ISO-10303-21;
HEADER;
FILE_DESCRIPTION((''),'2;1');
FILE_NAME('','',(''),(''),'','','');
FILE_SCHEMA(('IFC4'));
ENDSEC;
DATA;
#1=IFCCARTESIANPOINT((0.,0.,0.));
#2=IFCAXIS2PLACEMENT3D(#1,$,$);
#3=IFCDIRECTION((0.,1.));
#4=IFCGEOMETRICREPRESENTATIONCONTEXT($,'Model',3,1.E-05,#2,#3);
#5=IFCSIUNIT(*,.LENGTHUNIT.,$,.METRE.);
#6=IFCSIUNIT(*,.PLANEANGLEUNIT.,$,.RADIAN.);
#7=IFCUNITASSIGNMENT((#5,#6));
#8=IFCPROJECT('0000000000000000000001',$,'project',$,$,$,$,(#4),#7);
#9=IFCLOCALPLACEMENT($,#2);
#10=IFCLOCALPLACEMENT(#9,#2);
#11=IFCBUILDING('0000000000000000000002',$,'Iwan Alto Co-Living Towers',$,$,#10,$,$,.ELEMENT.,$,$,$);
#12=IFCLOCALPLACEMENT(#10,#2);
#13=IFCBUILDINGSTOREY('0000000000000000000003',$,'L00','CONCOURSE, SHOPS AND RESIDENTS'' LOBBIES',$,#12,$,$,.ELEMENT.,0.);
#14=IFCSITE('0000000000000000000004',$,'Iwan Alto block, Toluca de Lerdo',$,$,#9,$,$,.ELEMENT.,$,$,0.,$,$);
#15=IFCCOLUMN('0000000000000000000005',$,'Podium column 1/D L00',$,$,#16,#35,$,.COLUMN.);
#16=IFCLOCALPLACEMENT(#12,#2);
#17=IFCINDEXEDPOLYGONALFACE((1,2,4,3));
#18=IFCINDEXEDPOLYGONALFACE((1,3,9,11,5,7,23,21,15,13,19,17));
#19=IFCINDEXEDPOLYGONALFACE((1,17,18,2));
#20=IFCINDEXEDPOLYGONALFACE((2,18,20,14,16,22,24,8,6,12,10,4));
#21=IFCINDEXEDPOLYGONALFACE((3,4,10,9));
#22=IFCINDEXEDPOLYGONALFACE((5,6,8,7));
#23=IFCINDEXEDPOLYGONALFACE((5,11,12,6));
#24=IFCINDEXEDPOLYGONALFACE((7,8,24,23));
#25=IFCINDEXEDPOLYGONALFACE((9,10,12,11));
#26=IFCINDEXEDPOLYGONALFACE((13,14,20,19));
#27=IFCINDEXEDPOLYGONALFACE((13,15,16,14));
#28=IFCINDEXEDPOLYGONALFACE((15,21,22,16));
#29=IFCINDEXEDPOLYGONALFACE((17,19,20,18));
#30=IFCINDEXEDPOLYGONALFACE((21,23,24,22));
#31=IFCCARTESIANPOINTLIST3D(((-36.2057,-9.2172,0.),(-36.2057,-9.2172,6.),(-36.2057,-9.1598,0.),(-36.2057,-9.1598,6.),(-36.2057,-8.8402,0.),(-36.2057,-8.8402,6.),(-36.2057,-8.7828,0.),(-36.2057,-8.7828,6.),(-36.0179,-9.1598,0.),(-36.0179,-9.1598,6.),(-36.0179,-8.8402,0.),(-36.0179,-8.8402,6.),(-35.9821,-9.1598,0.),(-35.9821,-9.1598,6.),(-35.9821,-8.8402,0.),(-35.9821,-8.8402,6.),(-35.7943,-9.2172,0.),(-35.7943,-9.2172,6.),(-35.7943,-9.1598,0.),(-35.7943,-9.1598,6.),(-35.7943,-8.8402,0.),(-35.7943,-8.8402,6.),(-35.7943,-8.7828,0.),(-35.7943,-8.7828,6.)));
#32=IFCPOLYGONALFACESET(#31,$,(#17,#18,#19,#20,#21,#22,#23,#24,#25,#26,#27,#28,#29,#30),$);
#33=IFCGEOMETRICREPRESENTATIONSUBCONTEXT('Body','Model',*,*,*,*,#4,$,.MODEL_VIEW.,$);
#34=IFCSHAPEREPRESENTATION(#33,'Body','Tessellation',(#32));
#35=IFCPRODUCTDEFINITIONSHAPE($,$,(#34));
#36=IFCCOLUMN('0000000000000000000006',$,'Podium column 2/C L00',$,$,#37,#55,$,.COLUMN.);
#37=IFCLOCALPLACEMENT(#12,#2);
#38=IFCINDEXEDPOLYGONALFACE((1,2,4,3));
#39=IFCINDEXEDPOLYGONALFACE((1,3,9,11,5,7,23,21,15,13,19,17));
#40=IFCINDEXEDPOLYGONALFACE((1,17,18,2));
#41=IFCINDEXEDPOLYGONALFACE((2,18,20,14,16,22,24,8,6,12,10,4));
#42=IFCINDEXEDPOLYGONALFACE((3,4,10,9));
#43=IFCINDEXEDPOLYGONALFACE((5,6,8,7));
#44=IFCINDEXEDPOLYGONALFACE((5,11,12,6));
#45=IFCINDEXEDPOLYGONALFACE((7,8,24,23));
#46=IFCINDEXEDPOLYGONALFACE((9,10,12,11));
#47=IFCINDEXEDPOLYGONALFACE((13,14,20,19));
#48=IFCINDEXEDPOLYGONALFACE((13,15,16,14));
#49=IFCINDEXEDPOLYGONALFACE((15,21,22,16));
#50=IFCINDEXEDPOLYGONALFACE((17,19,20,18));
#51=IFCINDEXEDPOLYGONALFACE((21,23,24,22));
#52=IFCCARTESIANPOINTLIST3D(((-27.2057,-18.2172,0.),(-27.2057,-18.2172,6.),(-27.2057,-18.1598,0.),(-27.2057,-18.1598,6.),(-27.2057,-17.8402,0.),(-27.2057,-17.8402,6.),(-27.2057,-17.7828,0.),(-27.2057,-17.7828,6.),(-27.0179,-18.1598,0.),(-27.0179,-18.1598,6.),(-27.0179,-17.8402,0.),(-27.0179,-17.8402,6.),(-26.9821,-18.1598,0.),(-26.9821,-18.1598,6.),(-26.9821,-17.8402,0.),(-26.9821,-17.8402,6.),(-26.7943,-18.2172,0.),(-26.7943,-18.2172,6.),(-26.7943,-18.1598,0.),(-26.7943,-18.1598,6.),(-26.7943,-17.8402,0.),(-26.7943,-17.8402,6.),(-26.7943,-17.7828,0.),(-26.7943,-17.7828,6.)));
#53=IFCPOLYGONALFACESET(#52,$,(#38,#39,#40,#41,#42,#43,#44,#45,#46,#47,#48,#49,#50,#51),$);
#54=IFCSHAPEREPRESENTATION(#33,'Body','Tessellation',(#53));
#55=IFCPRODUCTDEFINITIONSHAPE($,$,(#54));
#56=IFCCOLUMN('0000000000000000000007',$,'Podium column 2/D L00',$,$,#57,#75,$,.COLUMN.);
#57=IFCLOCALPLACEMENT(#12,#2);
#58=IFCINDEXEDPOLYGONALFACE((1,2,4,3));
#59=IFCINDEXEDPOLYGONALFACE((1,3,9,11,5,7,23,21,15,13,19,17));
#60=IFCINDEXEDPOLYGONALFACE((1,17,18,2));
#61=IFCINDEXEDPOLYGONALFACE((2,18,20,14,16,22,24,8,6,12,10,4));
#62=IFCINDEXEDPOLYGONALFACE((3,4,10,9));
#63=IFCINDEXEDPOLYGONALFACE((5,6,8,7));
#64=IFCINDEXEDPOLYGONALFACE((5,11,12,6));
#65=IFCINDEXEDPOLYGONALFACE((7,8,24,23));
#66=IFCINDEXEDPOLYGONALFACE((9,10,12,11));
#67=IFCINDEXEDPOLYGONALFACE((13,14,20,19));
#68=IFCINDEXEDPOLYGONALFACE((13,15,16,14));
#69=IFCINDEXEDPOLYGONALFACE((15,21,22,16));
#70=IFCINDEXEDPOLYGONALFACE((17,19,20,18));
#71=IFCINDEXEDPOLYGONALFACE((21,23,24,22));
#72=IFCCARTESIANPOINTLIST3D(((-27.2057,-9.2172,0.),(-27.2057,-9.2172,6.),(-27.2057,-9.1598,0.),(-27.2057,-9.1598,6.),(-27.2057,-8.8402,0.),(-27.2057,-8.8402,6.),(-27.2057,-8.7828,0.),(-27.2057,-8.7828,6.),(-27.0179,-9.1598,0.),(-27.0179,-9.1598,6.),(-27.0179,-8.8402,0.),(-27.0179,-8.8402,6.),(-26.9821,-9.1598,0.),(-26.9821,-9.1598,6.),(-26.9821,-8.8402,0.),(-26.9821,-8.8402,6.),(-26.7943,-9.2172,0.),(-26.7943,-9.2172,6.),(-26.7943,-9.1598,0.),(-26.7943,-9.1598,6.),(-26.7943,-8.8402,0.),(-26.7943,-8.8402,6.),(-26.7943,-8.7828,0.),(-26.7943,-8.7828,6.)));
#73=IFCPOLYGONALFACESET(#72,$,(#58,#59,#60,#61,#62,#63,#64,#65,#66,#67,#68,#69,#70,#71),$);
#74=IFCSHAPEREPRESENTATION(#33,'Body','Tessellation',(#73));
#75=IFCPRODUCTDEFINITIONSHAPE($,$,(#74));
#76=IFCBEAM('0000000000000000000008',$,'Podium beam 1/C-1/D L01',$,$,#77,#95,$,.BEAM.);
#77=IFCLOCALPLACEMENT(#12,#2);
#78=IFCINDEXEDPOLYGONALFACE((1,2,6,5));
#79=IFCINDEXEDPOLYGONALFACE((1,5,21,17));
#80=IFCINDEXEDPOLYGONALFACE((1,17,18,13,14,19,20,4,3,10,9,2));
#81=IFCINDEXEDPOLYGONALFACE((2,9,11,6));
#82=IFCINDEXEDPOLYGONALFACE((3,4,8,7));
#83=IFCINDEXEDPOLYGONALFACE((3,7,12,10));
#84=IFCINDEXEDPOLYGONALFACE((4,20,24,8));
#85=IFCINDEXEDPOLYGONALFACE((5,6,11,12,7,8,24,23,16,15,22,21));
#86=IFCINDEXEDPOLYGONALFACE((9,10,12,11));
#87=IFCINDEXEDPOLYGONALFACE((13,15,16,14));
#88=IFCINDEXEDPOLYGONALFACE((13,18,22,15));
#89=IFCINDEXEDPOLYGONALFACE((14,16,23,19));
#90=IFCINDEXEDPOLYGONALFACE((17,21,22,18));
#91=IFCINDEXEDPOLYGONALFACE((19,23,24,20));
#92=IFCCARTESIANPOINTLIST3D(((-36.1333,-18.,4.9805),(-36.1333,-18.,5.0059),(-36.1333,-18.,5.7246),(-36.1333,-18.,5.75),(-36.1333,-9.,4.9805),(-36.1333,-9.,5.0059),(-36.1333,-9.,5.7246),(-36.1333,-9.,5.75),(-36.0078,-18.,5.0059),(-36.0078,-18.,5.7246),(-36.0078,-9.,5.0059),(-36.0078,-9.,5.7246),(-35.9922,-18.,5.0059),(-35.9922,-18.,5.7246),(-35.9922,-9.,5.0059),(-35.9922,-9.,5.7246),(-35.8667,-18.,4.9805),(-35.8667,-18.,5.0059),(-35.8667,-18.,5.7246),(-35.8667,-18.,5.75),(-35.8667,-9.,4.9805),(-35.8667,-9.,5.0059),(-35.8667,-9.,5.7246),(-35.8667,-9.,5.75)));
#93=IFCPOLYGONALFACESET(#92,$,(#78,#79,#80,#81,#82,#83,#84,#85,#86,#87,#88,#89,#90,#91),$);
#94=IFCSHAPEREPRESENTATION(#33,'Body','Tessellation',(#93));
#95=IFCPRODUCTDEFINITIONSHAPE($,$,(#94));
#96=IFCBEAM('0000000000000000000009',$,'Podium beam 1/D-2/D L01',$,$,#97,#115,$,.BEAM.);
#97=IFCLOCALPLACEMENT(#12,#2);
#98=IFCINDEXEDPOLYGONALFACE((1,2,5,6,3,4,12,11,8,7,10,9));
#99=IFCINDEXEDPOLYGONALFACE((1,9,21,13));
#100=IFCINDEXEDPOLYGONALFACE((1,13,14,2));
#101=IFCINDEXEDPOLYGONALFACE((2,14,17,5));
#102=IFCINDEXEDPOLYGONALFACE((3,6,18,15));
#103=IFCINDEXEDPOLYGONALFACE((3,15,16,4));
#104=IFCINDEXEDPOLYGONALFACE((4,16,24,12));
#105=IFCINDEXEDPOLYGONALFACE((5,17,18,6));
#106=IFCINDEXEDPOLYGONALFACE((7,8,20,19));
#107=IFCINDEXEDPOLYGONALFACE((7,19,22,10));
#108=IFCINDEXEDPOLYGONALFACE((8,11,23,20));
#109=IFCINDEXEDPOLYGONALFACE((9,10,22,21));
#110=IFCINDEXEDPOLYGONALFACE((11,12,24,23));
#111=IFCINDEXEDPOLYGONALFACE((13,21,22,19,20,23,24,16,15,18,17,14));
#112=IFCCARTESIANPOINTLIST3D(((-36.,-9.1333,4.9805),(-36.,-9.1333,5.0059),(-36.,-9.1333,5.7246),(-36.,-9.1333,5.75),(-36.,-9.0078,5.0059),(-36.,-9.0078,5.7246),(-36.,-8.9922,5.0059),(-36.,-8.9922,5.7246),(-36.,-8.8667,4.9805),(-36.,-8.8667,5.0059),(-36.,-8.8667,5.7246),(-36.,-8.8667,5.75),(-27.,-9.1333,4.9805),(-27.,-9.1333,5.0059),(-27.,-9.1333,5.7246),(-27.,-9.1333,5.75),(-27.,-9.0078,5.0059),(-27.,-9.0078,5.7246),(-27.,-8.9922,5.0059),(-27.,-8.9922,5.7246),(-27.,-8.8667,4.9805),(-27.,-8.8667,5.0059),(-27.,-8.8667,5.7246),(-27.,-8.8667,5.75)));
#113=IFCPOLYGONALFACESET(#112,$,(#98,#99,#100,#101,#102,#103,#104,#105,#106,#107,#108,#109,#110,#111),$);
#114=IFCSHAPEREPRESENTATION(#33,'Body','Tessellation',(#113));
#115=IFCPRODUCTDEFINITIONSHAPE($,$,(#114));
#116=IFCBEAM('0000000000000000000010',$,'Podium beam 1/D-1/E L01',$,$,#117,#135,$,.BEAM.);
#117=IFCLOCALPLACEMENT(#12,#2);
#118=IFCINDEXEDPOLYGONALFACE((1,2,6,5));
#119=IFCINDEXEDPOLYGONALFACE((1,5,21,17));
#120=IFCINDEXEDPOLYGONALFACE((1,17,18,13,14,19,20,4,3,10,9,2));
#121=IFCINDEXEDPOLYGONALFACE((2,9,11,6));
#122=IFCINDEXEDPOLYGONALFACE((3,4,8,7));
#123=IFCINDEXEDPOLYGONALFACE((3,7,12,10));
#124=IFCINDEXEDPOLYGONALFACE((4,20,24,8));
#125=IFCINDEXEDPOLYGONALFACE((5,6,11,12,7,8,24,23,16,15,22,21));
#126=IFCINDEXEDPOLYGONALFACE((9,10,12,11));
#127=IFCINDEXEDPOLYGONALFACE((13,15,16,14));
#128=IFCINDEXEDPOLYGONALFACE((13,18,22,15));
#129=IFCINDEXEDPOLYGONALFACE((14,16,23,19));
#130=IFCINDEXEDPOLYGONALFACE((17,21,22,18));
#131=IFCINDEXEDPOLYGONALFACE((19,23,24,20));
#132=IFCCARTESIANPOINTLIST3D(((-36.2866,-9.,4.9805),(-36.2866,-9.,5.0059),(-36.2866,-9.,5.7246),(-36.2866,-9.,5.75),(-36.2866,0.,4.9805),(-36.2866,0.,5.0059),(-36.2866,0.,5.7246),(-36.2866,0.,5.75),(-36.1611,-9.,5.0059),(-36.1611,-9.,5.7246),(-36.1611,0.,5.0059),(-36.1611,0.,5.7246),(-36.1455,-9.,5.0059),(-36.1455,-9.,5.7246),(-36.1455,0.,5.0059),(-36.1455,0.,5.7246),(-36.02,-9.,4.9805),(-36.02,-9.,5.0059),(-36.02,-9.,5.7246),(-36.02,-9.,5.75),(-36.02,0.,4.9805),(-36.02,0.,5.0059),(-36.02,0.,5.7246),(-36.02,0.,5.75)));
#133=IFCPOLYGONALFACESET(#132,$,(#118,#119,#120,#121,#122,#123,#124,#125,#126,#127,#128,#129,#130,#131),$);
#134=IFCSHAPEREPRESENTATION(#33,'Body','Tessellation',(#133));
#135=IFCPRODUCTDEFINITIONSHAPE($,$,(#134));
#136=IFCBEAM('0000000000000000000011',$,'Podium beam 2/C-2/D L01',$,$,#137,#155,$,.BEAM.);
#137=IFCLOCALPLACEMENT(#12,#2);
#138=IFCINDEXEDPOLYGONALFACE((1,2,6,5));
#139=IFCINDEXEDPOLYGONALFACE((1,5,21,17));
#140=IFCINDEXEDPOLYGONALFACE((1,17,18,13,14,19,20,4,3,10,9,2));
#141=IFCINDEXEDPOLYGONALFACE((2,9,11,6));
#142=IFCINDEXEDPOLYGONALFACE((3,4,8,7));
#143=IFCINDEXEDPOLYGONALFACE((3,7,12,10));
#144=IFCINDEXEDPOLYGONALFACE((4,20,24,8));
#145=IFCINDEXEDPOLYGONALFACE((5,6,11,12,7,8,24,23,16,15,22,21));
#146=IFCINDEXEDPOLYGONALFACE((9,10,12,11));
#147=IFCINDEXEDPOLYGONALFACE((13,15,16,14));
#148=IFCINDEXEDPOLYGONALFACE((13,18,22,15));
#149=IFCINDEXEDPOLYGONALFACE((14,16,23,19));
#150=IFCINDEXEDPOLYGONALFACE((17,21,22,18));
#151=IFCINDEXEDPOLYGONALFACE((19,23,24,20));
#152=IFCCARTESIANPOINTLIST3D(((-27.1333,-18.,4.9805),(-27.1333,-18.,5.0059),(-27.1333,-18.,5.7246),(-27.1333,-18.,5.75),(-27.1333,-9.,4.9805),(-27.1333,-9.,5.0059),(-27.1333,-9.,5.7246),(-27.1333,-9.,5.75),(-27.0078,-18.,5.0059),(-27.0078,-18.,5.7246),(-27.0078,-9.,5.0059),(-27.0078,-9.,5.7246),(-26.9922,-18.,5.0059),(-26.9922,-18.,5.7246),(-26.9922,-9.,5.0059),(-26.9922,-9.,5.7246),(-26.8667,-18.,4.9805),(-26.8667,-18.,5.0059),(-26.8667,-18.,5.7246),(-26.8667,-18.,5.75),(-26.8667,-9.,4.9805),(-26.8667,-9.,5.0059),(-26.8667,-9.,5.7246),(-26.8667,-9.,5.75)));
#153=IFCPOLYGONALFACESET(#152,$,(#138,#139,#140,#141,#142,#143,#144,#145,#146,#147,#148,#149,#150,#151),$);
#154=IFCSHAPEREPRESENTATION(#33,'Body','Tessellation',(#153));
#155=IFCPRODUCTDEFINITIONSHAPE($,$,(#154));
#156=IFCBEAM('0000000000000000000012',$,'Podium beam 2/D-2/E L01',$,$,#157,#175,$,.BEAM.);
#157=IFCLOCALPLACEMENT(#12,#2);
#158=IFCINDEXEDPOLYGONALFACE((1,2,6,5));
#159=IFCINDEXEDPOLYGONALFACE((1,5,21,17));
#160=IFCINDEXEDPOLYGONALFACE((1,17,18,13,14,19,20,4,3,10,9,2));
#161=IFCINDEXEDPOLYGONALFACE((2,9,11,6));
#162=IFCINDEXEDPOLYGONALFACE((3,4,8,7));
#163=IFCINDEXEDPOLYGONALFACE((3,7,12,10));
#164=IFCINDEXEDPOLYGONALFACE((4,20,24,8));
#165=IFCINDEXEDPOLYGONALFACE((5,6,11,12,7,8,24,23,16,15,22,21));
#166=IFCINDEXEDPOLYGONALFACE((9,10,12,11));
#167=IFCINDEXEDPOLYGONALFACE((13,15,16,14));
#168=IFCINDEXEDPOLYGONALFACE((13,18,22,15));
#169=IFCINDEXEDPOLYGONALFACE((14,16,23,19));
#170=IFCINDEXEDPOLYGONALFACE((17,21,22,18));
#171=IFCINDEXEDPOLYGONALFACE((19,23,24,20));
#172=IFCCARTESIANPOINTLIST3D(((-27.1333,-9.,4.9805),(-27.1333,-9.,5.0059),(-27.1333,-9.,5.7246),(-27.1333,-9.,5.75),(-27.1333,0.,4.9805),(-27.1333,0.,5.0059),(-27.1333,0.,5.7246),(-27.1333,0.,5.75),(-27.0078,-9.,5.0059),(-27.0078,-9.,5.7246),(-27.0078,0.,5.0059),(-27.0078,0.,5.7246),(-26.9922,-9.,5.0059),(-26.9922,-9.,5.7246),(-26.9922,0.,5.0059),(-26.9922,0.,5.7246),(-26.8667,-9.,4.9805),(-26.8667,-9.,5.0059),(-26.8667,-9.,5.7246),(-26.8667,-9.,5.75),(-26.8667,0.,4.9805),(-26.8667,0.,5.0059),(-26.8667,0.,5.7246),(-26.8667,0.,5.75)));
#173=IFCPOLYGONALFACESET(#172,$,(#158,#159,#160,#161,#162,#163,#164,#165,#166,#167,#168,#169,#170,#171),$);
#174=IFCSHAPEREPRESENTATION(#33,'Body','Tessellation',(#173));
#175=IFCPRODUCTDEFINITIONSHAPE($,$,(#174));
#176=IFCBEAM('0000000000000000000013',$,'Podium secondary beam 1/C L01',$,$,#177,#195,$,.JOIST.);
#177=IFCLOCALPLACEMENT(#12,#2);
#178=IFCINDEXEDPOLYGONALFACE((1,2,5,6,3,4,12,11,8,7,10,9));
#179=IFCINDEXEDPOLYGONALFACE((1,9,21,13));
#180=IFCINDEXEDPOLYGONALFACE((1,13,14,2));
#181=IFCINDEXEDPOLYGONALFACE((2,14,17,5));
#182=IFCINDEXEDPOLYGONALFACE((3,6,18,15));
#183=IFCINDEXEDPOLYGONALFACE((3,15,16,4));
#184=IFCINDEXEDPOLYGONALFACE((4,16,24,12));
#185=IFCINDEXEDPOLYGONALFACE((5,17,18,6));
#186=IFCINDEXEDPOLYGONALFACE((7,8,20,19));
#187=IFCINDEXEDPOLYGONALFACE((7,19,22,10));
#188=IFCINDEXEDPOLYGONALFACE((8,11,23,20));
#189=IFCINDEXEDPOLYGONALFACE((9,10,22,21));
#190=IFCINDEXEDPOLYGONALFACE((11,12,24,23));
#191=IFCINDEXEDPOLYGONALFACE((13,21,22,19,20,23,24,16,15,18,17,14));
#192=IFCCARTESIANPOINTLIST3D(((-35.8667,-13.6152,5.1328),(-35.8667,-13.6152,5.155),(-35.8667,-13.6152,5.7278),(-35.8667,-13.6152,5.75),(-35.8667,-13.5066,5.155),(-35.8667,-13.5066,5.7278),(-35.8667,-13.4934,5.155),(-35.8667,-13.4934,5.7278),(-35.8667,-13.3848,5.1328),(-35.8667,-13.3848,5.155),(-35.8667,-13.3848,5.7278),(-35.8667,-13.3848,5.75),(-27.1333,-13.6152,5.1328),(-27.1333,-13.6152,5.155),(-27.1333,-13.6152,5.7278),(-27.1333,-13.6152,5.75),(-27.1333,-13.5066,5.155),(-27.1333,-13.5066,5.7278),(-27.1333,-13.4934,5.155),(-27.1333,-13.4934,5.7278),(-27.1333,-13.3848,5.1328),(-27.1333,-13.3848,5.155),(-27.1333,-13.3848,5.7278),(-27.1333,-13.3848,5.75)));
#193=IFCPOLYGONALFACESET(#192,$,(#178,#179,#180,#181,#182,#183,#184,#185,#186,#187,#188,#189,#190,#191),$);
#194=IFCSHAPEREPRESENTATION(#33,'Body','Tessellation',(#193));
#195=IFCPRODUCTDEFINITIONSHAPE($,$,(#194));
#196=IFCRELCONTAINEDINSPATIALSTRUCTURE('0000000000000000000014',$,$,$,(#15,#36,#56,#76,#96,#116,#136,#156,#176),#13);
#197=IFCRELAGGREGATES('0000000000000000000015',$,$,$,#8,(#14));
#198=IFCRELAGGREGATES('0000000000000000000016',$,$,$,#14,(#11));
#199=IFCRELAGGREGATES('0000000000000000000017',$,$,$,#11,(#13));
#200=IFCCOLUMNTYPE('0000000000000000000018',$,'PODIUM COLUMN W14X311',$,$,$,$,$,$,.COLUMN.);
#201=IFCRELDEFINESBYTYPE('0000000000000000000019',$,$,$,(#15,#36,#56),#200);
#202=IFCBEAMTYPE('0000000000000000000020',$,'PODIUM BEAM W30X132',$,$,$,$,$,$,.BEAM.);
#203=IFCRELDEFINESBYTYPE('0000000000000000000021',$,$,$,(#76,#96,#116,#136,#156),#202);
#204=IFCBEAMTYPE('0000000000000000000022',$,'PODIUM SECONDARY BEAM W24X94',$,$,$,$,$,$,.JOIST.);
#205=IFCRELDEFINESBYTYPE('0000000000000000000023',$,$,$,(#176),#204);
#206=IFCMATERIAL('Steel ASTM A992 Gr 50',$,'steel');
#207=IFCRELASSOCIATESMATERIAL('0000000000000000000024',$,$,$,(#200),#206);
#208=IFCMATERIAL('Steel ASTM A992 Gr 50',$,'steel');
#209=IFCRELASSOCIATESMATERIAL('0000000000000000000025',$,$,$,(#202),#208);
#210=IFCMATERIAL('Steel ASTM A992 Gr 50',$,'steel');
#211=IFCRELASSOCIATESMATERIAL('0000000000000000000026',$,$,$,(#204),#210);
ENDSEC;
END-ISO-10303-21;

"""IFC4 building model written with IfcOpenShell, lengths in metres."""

from ifc_helpers import new_model, si_unit, direction, frame, origin, origin_2d, place, context, subcontext, project, spatial, i_section, extrude, material, material_profile, profile_set, type_object, element, save


model = new_model("IFC4")

# Units and contexts
model_context = context("Model", 3, precision=1e-05, world=origin(), true_north=direction((0.0, 1.0)))
body_context = subcontext(model_context, "Body", "Model", "MODEL_VIEW")
ifc_project = project(units=[si_unit("LENGTHUNIT", "METRE"), si_unit("PLANEANGLEUNIT", "RADIAN")], contexts=[model_context])

# Site, building, storey
site_placement = place(None, origin())
site = spatial("IfcSite", under=ifc_project, at=site_placement, Name="Iwan Alto block, Toluca de Lerdo", CompositionType="ELEMENT", RefElevation=0.0)
building_placement = place(site_placement, origin())
building = spatial("IfcBuilding", under=site, at=building_placement, Name="Iwan Alto Co-Living Towers", CompositionType="ELEMENT")
storey_placement = place(building_placement, origin())
storey = spatial("IfcBuildingStorey", under=building, at=storey_placement, Name="L00", Description="CONCOURSE, SHOPS AND RESIDENTS' LOBBIES", CompositionType="ELEMENT", Elevation=0.0)

# Columns
ifc_material_1 = material(Name="Steel ASTM A992 Gr 50", Category="steel")
ifc_material_profile_1 = material_profile(ifc_material_1, i_section(OverallWidth=0.4114, OverallDepth=0.4343, WebThickness=0.0359, FlangeThickness=0.0574, at=origin_2d()), Name="W14X311")
ifc_profile_set_1 = profile_set([ifc_material_profile_1], Name="Steel ASTM A992 Gr 50")
column_type = type_object("IfcColumnType", Name="PODIUM COLUMN W14X311", PredefinedType="COLUMN", material=ifc_profile_set_1)
for number, where, z_axis, x_axis, name in (
    (1, (-36.0, -9.0, 0.0), (0.0, 0.0, 1.0), (1.0, 0.0, 0.0), "Podium column 1/D L00"),
    (2, (-27.0, -18.0, 0.0), (0.0, 0.0, 1.0), (1.0, 0.0, 0.0), "Podium column 2/C L00"),
    (3, (-27.0, -9.0, 0.0), (0.0, 0.0, 1.0), (1.0, 0.0, 0.0), "Podium column 2/D L00"),
):
    element("IfcColumn", number, at=place(storey_placement, frame(where, z_axis=z_axis, x_axis=x_axis)), inside=storey, type_object=column_type, Name=name, PredefinedType="COLUMN", context=body_context, shape_type="SweptSolid", body=[
        extrude(i_section(OverallWidth=0.4114, OverallDepth=0.4343, WebThickness=0.0359, FlangeThickness=0.0574, at=origin_2d()), origin(), (0.0, 0.0, 1.0), 6.0),
    ])

# Beams
ifc_material_2 = material(Name="Steel ASTM A992 Gr 50", Category="steel")
ifc_material_profile_2 = material_profile(ifc_material_2, i_section(OverallWidth=0.2666, OverallDepth=0.7695, WebThickness=0.0156, FlangeThickness=0.0254, at=origin_2d()), Name="W30X132")
ifc_profile_set_2 = profile_set([ifc_material_profile_2], Name="Steel ASTM A992 Gr 50")
beam_type_1 = type_object("IfcBeamType", Name="PODIUM BEAM W30X132", PredefinedType="BEAM", material=ifc_profile_set_2)
for number, where, z_axis, x_axis, name in (
    (4, (-36.0, -18.0, 5.3652), (0.0, 1.0, 0.0), (-1.0, 0.0, 0.0), "Podium beam 1/C-1/D L01"),
    (5, (-36.0, -9.0, 5.3652), (1.0, 0.0, 0.0), (0.0, 1.0, 0.0), "Podium beam 1/D-2/D L01"),
    (6, (-36.1533, -9.0, 5.3652), (0.0, 1.0, 0.0), (-1.0, 0.0, 0.0), "Podium beam 1/D-1/E L01"),
    (7, (-27.0, -18.0, 5.3652), (0.0, 1.0, 0.0), (-1.0, 0.0, 0.0), "Podium beam 2/C-2/D L01"),
    (8, (-27.0, -9.0, 5.3652), (0.0, 1.0, 0.0), (-1.0, 0.0, 0.0), "Podium beam 2/D-2/E L01"),
):
    element("IfcBeam", number, at=place(storey_placement, frame(where, z_axis=z_axis, x_axis=x_axis)), inside=storey, type_object=beam_type_1, Name=name, PredefinedType="BEAM", context=body_context, shape_type="SweptSolid", body=[
        extrude(i_section(OverallWidth=0.2666, OverallDepth=0.7695, WebThickness=0.0156, FlangeThickness=0.0254, at=origin_2d()), origin(), (0.0, 0.0, 1.0), 9.0),
    ])
ifc_material_3 = material(Name="Steel ASTM A992 Gr 50", Category="steel")
ifc_material_profile_3 = material_profile(ifc_material_3, i_section(OverallWidth=0.2305, OverallDepth=0.6172, WebThickness=0.0132, FlangeThickness=0.0222, at=origin_2d()), Name="W24X94")
ifc_profile_set_3 = profile_set([ifc_material_profile_3], Name="Steel ASTM A992 Gr 50")
beam_type_2 = type_object("IfcBeamType", Name="PODIUM SECONDARY BEAM W24X94", PredefinedType="JOIST", material=ifc_profile_set_3)
beam_1_placement = place(storey_placement, frame((-35.8667, -13.5, 5.4414), z_axis=(1.0, 0.0, 0.0), x_axis=(0.0, 1.0, 0.0)))
element("IfcBeam", 9, at=beam_1_placement, inside=storey, type_object=beam_type_2, Name="Podium secondary beam 1/C L01", PredefinedType="JOIST", context=body_context, shape_type="SweptSolid", body=[
    extrude(i_section(OverallWidth=0.2305, OverallDepth=0.6172, WebThickness=0.0132, FlangeThickness=0.0222, at=origin_2d()), origin(), (0.0, 0.0, 1.0), 8.7334),
])

save(model, "model.ifc")
